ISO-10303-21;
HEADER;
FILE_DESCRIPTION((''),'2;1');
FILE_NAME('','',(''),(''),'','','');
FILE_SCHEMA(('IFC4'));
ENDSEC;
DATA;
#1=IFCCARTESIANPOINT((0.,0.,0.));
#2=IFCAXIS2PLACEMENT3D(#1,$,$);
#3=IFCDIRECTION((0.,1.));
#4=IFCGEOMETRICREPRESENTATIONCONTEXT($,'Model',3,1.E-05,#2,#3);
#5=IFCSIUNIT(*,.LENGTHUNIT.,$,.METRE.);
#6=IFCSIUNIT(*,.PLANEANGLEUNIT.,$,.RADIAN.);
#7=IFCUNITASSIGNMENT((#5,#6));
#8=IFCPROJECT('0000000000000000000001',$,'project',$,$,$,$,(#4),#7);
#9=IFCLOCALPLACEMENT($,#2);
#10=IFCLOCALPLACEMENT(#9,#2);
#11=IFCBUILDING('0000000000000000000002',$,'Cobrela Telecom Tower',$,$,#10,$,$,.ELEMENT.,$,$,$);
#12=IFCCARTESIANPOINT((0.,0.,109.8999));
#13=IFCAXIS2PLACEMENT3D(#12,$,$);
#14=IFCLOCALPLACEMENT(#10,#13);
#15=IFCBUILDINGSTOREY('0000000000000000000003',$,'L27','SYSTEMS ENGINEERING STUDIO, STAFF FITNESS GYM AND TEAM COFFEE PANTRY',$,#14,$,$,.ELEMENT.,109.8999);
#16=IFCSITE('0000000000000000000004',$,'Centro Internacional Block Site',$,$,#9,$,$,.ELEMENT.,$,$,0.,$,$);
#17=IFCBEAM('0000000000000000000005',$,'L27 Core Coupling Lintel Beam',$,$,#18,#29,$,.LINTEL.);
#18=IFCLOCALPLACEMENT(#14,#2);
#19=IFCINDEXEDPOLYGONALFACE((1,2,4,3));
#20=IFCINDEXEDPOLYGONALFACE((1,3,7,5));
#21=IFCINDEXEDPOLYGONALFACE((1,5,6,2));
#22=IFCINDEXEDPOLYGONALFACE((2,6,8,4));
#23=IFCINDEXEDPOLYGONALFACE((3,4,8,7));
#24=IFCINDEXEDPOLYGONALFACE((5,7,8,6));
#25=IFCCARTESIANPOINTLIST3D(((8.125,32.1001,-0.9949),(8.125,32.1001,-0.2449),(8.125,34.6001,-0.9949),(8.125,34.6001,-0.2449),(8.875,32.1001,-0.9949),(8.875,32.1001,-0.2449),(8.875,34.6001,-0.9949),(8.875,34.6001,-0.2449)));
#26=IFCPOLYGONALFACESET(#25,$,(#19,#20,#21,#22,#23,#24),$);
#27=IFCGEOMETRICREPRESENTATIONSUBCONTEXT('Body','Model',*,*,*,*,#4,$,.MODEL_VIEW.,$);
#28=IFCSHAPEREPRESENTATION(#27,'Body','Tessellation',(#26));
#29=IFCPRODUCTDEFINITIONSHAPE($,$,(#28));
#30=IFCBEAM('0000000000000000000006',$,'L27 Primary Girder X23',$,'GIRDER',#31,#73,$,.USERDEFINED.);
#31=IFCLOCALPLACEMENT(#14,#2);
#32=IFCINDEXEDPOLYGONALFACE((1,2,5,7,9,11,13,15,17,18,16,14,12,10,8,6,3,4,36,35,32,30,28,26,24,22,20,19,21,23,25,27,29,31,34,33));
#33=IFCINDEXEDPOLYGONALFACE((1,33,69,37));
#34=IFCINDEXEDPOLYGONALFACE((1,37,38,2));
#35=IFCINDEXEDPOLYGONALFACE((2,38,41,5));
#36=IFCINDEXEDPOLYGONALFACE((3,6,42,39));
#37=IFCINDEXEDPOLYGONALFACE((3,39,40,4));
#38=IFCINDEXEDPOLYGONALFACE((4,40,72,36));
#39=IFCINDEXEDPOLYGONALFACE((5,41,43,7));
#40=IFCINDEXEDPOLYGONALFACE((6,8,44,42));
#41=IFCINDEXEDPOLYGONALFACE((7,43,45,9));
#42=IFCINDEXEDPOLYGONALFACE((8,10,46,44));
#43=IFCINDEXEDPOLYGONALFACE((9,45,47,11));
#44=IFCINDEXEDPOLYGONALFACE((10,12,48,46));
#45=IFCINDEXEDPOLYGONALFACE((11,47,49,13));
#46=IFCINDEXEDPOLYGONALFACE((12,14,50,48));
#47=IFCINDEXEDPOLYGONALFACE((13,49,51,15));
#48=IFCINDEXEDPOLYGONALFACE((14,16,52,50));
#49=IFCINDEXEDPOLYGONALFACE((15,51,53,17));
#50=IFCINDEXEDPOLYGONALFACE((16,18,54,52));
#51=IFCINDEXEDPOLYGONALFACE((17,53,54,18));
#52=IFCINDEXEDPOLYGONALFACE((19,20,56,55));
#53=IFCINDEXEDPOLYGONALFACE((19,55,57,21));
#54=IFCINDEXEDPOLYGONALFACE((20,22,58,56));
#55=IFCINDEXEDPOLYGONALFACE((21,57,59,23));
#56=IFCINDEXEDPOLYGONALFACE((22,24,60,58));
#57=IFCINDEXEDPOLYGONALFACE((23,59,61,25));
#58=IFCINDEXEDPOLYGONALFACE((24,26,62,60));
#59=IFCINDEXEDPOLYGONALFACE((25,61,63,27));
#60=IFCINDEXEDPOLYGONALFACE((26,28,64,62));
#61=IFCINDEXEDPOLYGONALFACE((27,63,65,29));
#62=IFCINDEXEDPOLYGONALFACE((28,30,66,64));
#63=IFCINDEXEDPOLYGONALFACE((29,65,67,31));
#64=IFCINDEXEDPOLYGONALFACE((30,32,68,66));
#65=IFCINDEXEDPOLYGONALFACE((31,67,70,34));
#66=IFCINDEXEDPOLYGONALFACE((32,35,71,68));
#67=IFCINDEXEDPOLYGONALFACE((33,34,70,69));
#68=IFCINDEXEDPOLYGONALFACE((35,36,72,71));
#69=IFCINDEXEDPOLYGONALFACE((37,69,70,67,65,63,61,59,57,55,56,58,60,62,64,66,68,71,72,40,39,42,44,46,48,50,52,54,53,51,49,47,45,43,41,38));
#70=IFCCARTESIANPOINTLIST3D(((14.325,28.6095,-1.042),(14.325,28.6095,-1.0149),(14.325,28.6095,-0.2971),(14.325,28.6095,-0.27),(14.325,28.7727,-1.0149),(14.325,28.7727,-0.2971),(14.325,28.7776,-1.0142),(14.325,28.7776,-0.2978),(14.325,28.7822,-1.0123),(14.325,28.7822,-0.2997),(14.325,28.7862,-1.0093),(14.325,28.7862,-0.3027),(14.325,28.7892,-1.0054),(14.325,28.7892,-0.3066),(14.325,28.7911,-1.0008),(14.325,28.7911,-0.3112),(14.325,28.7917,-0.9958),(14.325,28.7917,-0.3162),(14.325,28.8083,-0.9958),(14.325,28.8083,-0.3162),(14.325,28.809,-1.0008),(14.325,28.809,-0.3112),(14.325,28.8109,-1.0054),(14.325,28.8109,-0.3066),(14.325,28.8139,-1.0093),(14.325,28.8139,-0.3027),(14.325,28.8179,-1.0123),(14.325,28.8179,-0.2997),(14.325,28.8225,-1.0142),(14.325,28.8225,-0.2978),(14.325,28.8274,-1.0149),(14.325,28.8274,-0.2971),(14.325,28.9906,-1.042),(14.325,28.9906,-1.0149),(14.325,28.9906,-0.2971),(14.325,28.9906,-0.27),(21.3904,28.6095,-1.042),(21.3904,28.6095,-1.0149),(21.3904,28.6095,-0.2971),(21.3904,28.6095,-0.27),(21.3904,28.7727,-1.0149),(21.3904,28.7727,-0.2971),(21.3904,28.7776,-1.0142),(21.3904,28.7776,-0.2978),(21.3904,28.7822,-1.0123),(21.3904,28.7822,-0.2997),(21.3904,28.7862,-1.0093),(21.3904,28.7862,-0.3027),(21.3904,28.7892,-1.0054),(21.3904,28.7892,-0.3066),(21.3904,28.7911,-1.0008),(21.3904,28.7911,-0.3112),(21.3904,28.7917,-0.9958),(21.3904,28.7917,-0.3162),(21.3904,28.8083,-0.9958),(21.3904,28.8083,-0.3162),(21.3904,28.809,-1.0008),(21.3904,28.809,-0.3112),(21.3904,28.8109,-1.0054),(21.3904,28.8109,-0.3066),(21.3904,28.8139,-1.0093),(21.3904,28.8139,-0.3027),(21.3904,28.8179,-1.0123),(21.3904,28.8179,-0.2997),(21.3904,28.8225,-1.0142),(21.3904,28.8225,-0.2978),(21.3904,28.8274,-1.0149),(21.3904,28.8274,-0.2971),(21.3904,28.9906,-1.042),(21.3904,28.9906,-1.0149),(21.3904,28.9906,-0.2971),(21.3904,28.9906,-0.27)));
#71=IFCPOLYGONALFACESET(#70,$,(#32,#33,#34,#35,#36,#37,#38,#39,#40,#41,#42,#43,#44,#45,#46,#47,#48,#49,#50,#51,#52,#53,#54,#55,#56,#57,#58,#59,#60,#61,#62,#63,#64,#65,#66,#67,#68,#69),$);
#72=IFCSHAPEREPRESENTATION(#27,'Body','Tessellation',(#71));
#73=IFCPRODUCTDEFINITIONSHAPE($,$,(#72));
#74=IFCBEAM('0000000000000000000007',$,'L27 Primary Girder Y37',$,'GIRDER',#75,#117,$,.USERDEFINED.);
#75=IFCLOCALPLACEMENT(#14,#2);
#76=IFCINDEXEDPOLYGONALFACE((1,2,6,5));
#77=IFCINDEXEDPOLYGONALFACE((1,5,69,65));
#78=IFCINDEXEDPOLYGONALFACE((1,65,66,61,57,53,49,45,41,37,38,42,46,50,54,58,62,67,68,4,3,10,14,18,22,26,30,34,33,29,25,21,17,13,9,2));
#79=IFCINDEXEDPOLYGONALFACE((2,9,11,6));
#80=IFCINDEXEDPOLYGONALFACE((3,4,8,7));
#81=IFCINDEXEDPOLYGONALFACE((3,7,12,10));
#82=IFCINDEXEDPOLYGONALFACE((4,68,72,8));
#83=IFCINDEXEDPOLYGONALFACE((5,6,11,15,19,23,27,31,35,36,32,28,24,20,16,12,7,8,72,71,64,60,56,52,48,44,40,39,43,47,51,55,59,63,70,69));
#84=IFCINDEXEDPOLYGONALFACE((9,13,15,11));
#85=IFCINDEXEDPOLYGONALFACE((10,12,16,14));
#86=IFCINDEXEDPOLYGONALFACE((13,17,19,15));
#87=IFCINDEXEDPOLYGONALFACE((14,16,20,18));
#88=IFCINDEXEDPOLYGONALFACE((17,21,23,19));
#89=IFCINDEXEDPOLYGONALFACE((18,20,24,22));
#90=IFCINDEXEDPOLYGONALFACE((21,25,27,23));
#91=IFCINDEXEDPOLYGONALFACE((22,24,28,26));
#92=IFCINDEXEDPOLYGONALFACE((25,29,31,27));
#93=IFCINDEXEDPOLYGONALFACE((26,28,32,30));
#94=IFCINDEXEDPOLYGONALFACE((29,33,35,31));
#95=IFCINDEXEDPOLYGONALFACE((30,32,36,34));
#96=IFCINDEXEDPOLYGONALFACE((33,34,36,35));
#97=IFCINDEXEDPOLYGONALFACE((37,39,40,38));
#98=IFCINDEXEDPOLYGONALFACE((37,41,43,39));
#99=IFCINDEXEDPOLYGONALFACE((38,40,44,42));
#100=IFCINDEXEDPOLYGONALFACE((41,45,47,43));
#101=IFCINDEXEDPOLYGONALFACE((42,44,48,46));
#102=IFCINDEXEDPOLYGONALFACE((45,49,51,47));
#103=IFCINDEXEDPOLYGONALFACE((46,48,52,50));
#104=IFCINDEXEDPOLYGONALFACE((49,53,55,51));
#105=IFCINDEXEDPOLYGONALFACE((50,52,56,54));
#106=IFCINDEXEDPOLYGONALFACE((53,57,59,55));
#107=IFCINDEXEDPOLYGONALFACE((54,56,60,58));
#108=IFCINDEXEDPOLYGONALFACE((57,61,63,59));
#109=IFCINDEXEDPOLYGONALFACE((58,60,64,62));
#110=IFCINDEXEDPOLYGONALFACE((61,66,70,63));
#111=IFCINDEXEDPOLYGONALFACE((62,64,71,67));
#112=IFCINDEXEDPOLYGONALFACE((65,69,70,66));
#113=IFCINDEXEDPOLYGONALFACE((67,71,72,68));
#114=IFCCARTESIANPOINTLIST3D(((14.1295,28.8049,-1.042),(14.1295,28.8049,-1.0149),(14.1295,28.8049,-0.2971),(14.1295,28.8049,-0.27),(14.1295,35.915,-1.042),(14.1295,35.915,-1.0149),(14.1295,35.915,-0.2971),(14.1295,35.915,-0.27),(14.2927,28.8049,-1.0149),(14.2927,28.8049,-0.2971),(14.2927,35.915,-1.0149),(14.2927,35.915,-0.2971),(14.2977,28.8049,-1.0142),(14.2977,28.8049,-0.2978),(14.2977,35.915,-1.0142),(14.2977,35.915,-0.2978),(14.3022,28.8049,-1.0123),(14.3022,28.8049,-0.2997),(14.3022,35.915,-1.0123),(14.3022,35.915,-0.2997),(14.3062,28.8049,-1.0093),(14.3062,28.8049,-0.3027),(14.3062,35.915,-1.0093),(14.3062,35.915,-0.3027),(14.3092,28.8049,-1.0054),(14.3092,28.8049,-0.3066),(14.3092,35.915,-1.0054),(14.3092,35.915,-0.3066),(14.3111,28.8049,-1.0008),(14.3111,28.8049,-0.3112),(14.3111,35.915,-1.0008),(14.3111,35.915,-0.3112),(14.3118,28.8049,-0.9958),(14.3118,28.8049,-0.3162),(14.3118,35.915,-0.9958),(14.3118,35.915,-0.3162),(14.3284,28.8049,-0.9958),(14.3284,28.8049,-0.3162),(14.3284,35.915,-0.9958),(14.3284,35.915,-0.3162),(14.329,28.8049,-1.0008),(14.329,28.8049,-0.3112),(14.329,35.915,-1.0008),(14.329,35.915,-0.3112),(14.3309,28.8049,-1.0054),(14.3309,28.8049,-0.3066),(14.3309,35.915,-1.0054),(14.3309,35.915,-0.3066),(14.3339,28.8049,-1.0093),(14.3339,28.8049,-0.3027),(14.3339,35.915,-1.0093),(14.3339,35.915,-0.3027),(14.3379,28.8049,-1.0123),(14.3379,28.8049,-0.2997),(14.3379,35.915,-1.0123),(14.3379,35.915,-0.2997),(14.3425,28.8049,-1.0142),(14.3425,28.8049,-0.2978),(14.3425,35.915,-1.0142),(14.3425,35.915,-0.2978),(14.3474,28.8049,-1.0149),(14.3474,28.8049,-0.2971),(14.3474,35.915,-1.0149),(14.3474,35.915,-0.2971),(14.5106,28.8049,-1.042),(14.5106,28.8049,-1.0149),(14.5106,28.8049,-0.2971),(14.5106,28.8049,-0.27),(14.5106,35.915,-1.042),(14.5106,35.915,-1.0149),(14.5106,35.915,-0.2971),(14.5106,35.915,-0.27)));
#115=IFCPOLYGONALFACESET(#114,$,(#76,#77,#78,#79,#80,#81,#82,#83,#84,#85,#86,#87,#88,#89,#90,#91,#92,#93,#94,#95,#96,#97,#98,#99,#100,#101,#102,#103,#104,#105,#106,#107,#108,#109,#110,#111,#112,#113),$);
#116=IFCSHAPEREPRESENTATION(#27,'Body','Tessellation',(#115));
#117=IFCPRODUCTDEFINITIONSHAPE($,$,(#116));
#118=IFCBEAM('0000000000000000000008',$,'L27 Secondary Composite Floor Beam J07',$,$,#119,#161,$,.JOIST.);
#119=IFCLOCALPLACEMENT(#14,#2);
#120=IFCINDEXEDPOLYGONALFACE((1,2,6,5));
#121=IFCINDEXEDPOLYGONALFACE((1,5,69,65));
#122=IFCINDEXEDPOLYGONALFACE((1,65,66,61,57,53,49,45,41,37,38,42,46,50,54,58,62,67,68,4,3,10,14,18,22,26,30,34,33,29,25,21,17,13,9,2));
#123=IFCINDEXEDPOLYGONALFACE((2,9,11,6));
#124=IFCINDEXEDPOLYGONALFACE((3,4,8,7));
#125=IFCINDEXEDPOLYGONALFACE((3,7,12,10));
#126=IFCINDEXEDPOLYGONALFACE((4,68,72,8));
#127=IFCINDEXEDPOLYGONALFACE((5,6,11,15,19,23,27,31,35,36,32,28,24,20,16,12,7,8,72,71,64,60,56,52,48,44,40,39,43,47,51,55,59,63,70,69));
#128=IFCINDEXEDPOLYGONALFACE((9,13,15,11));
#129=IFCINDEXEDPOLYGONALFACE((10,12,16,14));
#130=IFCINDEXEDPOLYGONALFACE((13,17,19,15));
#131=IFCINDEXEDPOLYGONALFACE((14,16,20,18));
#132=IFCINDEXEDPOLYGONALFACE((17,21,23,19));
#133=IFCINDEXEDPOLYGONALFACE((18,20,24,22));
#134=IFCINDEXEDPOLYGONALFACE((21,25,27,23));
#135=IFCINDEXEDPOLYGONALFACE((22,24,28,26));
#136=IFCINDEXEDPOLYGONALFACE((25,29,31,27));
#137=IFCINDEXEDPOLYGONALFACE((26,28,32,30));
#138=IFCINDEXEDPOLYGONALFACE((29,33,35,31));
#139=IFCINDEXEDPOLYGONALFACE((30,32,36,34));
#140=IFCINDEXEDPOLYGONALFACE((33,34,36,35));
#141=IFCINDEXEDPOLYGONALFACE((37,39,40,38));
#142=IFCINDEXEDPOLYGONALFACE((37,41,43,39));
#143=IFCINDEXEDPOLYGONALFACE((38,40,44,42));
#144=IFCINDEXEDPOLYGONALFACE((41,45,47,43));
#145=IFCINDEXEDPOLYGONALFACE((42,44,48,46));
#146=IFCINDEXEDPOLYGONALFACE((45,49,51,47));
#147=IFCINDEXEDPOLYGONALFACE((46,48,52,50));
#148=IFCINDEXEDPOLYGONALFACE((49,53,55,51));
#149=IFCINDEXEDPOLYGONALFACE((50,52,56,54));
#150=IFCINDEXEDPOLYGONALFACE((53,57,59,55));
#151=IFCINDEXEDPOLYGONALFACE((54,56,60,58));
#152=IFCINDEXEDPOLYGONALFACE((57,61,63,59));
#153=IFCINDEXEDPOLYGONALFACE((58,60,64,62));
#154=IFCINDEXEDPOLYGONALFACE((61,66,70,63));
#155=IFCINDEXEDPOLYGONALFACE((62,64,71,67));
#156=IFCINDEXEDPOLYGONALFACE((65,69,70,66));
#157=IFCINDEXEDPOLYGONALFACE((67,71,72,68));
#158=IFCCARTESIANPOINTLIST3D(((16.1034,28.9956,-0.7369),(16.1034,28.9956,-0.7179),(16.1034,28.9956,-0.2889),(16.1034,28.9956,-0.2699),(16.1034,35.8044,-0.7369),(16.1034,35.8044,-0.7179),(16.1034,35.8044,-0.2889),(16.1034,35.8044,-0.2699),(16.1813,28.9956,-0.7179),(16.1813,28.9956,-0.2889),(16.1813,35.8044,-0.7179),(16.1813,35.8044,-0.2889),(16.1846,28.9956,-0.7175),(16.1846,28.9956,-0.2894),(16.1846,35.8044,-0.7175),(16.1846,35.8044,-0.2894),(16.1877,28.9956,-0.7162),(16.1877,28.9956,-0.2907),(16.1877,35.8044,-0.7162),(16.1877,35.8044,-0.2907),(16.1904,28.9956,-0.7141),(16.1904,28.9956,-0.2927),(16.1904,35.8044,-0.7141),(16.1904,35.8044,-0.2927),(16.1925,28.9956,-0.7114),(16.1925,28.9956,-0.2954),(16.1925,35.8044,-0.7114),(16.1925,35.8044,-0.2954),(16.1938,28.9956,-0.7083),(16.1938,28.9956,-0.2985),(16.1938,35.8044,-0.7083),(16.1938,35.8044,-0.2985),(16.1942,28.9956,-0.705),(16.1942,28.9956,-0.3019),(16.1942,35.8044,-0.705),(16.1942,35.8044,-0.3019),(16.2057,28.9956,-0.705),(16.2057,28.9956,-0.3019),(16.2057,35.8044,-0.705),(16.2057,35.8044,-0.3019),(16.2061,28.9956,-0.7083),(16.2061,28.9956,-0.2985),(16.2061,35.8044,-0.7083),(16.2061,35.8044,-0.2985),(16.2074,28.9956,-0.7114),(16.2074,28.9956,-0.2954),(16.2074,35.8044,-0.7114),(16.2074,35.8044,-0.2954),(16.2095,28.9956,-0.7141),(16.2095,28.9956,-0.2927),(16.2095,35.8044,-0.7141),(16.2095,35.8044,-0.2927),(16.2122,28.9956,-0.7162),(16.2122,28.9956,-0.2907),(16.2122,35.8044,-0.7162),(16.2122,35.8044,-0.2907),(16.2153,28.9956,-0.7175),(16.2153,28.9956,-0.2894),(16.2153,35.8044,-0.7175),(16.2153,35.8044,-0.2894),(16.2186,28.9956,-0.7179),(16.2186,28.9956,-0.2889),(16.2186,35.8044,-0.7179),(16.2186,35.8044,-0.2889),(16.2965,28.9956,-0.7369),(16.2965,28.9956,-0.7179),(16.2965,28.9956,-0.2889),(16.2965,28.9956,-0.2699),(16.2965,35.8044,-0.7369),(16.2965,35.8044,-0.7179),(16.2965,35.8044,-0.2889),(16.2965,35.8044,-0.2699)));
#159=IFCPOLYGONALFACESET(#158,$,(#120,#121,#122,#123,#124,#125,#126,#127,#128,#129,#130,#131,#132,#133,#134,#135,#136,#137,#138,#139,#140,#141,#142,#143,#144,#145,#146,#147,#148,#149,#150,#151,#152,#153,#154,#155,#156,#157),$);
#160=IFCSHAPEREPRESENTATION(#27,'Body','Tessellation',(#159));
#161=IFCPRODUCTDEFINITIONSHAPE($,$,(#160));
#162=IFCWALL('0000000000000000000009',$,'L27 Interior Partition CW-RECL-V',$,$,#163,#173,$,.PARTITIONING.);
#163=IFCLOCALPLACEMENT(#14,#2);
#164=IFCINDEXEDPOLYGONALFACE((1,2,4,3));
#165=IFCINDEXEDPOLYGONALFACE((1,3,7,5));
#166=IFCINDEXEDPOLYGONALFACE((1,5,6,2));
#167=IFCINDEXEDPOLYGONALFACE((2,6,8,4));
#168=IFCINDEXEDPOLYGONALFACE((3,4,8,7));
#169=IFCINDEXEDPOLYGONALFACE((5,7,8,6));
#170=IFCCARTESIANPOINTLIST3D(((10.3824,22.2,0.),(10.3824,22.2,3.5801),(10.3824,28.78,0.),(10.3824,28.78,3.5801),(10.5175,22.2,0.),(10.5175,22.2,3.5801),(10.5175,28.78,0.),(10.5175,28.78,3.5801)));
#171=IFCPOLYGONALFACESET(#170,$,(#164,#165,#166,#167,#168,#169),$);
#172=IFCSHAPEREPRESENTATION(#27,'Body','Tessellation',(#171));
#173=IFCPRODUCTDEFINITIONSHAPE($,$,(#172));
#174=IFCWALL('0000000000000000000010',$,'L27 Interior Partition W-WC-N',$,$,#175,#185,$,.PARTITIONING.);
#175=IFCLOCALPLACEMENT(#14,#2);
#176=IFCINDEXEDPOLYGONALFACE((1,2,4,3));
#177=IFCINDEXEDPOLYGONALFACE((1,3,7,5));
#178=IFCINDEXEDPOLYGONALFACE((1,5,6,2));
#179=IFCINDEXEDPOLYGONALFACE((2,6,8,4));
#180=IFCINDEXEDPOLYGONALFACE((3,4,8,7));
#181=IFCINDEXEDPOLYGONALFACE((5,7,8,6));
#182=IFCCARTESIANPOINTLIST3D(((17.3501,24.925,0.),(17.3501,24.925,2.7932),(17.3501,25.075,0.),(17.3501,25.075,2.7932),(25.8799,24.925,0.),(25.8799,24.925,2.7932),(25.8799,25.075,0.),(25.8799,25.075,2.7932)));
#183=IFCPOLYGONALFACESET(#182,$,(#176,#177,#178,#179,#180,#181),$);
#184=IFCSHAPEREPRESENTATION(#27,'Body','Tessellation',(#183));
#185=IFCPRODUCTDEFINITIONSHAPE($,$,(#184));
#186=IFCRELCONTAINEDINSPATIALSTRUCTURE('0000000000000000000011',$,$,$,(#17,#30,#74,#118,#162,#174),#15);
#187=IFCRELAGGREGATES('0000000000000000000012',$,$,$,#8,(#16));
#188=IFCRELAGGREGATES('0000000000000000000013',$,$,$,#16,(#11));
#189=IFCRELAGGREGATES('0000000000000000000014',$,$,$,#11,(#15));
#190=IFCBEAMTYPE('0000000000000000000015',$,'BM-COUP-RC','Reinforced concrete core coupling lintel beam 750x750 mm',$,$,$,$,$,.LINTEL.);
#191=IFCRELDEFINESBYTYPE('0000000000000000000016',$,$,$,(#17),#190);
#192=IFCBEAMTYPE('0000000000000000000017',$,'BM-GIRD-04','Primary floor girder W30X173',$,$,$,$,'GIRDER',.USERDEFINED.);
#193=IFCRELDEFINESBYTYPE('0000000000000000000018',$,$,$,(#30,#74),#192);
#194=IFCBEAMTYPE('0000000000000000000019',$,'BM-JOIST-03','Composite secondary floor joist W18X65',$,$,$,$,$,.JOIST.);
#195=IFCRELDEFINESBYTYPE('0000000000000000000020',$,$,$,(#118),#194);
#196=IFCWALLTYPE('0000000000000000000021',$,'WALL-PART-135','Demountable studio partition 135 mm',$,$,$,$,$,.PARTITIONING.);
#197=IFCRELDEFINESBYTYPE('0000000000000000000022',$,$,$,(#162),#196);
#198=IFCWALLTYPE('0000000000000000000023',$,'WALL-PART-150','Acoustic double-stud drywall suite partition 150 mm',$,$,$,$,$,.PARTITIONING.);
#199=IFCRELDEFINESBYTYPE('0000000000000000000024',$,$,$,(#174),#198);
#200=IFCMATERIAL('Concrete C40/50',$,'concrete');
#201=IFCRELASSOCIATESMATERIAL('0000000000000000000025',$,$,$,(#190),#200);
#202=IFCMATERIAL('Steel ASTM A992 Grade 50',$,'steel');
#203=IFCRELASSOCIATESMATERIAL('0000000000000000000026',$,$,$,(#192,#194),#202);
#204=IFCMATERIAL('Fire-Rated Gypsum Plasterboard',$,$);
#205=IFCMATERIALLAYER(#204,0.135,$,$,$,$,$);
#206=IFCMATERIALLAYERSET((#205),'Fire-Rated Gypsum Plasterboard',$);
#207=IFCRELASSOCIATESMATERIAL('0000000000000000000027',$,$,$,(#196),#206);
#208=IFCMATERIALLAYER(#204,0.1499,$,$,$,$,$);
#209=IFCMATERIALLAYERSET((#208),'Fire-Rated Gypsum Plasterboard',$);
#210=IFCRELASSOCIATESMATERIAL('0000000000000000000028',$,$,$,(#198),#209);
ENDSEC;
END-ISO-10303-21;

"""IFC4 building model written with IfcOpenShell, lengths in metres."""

from ifc_helpers import new_model, si_unit, direction, frame, frame_2d, origin, origin_2d, place, context, subcontext, project, spatial, rectangle, i_section, extrude, material, layer, layer_set, material_profile, profile_set, type_object, element, save


model = new_model("IFC4")

# Units and contexts
model_context = context("Model", 3, precision=1e-05, world=origin(), true_north=direction((0.0, 1.0)))
body_context = subcontext(model_context, "Body", "Model", "MODEL_VIEW")
ifc_project = project(units=[si_unit("LENGTHUNIT", "METRE"), si_unit("PLANEANGLEUNIT", "RADIAN")], contexts=[model_context])

# Site, building, storey
site_placement = place(None, origin())
site = spatial("IfcSite", under=ifc_project, at=site_placement, Name="Centro Internacional Block Site", CompositionType="ELEMENT", RefElevation=0.0)
building_placement = place(site_placement, origin())
building = spatial("IfcBuilding", under=site, at=building_placement, Name="Cobrela Telecom Tower", CompositionType="ELEMENT")
storey_placement = place(building_placement, frame((0.0, 0.0, 109.8999)))
storey = spatial("IfcBuildingStorey", under=building, at=storey_placement, Name="L27", Description="SYSTEMS ENGINEERING STUDIO, STAFF FITNESS GYM AND TEAM COFFEE PANTRY", CompositionType="ELEMENT", Elevation=109.8999)

# Beams
ifc_material_1 = material(Name="Concrete C40/50", Category="concrete")
ifc_material_profile_1 = material_profile(ifc_material_1, rectangle(XDim=0.75, YDim=0.75, at=origin_2d()), Name="RC 750x750")
ifc_profile_set_1 = profile_set([ifc_material_profile_1], Name="Concrete C40/50")
beam_type_1 = type_object("IfcBeamType", Name="BM-COUP-RC", Description="Reinforced concrete core coupling lintel beam 750x750 mm", PredefinedType="LINTEL", material=ifc_profile_set_1)
beam_1_placement = place(storey_placement, frame((8.5, 32.1001, -0.6199), z_axis=(0.0, 1.0, 0.0), x_axis=(-1.0, 0.0, 0.0)))
element("IfcBeam", 1, at=beam_1_placement, inside=storey, type_object=beam_type_1, Name="L27 Core Coupling Lintel Beam", PredefinedType="LINTEL", context=body_context, shape_type="SweptSolid", body=[
    extrude(rectangle(XDim=0.75, YDim=0.75, at=origin_2d()), origin(), (0.0, 0.0, 1.0), 2.5),
])
ifc_material_2 = material(Name="Steel ASTM A992 Grade 50", Category="steel")
ifc_material_profile_2 = material_profile(ifc_material_2, i_section(OverallWidth=0.3811, OverallDepth=0.772, WebThickness=0.0166, FlangeThickness=0.0271, FilletRadius=0.019, at=origin_2d()), Name="W30X173")
ifc_profile_set_2 = profile_set([ifc_material_profile_2], Name="Steel ASTM A992 Grade 50")
beam_type_2 = type_object("IfcBeamType", Name="BM-GIRD-04", Description="Primary floor girder W30X173", ElementType="GIRDER", PredefinedType="USERDEFINED", material=ifc_profile_set_2)
beam_2_placement = place(storey_placement, frame((14.325, 28.8, -0.656), z_axis=(1.0, 0.0, 0.0), x_axis=(0.0, 1.0, 0.0)))
element("IfcBeam", 2, at=beam_2_placement, inside=storey, type_object=beam_type_2, Name="L27 Primary Girder X23", ObjectType="GIRDER", PredefinedType="USERDEFINED", context=body_context, shape_type="SweptSolid", body=[
    extrude(i_section(OverallWidth=0.3811, OverallDepth=0.772, WebThickness=0.0166, FlangeThickness=0.0271, FilletRadius=0.019, at=origin_2d()), origin(), (0.0, 0.0, 1.0), 7.0654),
])
beam_3_placement = place(storey_placement, frame((14.3201, 28.8049, -0.656), z_axis=(0.0, 1.0, 0.0), x_axis=(-1.0, 0.0, 0.0)))
element("IfcBeam", 3, at=beam_3_placement, inside=storey, type_object=beam_type_2, Name="L27 Primary Girder Y37", ObjectType="GIRDER", PredefinedType="USERDEFINED", context=body_context, shape_type="SweptSolid", body=[
    extrude(i_section(OverallWidth=0.3811, OverallDepth=0.772, WebThickness=0.0166, FlangeThickness=0.0271, FilletRadius=0.019, at=origin_2d()), origin(), (0.0, 0.0, 1.0), 7.1101),
])
ifc_material_profile_3 = material_profile(ifc_material_2, i_section(OverallWidth=0.1931, OverallDepth=0.467, WebThickness=0.0115, FlangeThickness=0.019, FilletRadius=0.0129, at=origin_2d()), Name="W18X65")
ifc_profile_set_3 = profile_set([ifc_material_profile_3], Name="Steel ASTM A992 Grade 50")
beam_type_3 = type_object("IfcBeamType", Name="BM-JOIST-03", Description="Composite secondary floor joist W18X65", PredefinedType="JOIST", material=ifc_profile_set_3)
beam_4_placement = place(storey_placement, frame((16.2, 28.9956, -0.5034), z_axis=(0.0, 1.0, 0.0), x_axis=(-1.0, 0.0, 0.0)))
element("IfcBeam", 4, at=beam_4_placement, inside=storey, type_object=beam_type_3, Name="L27 Secondary Composite Floor Beam J07", PredefinedType="JOIST", context=body_context, shape_type="SweptSolid", body=[
    extrude(i_section(OverallWidth=0.1931, OverallDepth=0.467, WebThickness=0.0115, FlangeThickness=0.019, FilletRadius=0.0129, at=origin_2d()), origin(), (0.0, 0.0, 1.0), 6.8088),
])

# Wall
ifc_material_3 = material(Name="Fire-Rated Gypsum Plasterboard")
ifc_layer_1 = layer(ifc_material_3, 0.135)
ifc_layer_set_1 = layer_set([ifc_layer_1], Name="Fire-Rated Gypsum Plasterboard")
wall_type_1 = type_object("IfcWallType", Name="WALL-PART-135", Description="Demountable studio partition 135 mm", PredefinedType="PARTITIONING", material=ifc_layer_set_1)
wall_1_placement = place(storey_placement, frame((10.45, 22.2, 0.0), z_axis=(0.0, 0.0, 1.0), x_axis=(0.0, 1.0, 0.0)))
element("IfcWall", 5, at=wall_1_placement, inside=storey, type_object=wall_type_1, Name="L27 Interior Partition CW-RECL-V", PredefinedType="PARTITIONING", context=body_context, shape_type="SweptSolid", body=[
    extrude(rectangle(XDim=6.5801, YDim=0.135, at=frame_2d((3.29, 0.0))), origin(), (0.0, 0.0, 1.0), 3.5801),
])

# Shared definitions
ifc_layer_2 = layer(ifc_material_3, 0.1499)
ifc_layer_set_2 = layer_set([ifc_layer_2], Name="Fire-Rated Gypsum Plasterboard")
wall_type_2 = type_object("IfcWallType", Name="WALL-PART-150", Description="Acoustic double-stud drywall suite partition 150 mm", PredefinedType="PARTITIONING", material=ifc_layer_set_2)

# Wall
wall_2_placement = place(storey_placement, frame((17.3501, 25.0, 0.0), z_axis=(0.0, 0.0, 1.0), x_axis=(1.0, 0.0, 0.0)))
element("IfcWall", 6, at=wall_2_placement, inside=storey, type_object=wall_type_2, Name="L27 Interior Partition W-WC-N", PredefinedType="PARTITIONING", context=body_context, shape_type="SweptSolid", body=[
    extrude(rectangle(XDim=8.5298, YDim=0.1499, at=frame_2d((4.2649, 0.0))), origin(), (0.0, 0.0, 1.0), 2.7932),
])

save(model, "model.ifc")
